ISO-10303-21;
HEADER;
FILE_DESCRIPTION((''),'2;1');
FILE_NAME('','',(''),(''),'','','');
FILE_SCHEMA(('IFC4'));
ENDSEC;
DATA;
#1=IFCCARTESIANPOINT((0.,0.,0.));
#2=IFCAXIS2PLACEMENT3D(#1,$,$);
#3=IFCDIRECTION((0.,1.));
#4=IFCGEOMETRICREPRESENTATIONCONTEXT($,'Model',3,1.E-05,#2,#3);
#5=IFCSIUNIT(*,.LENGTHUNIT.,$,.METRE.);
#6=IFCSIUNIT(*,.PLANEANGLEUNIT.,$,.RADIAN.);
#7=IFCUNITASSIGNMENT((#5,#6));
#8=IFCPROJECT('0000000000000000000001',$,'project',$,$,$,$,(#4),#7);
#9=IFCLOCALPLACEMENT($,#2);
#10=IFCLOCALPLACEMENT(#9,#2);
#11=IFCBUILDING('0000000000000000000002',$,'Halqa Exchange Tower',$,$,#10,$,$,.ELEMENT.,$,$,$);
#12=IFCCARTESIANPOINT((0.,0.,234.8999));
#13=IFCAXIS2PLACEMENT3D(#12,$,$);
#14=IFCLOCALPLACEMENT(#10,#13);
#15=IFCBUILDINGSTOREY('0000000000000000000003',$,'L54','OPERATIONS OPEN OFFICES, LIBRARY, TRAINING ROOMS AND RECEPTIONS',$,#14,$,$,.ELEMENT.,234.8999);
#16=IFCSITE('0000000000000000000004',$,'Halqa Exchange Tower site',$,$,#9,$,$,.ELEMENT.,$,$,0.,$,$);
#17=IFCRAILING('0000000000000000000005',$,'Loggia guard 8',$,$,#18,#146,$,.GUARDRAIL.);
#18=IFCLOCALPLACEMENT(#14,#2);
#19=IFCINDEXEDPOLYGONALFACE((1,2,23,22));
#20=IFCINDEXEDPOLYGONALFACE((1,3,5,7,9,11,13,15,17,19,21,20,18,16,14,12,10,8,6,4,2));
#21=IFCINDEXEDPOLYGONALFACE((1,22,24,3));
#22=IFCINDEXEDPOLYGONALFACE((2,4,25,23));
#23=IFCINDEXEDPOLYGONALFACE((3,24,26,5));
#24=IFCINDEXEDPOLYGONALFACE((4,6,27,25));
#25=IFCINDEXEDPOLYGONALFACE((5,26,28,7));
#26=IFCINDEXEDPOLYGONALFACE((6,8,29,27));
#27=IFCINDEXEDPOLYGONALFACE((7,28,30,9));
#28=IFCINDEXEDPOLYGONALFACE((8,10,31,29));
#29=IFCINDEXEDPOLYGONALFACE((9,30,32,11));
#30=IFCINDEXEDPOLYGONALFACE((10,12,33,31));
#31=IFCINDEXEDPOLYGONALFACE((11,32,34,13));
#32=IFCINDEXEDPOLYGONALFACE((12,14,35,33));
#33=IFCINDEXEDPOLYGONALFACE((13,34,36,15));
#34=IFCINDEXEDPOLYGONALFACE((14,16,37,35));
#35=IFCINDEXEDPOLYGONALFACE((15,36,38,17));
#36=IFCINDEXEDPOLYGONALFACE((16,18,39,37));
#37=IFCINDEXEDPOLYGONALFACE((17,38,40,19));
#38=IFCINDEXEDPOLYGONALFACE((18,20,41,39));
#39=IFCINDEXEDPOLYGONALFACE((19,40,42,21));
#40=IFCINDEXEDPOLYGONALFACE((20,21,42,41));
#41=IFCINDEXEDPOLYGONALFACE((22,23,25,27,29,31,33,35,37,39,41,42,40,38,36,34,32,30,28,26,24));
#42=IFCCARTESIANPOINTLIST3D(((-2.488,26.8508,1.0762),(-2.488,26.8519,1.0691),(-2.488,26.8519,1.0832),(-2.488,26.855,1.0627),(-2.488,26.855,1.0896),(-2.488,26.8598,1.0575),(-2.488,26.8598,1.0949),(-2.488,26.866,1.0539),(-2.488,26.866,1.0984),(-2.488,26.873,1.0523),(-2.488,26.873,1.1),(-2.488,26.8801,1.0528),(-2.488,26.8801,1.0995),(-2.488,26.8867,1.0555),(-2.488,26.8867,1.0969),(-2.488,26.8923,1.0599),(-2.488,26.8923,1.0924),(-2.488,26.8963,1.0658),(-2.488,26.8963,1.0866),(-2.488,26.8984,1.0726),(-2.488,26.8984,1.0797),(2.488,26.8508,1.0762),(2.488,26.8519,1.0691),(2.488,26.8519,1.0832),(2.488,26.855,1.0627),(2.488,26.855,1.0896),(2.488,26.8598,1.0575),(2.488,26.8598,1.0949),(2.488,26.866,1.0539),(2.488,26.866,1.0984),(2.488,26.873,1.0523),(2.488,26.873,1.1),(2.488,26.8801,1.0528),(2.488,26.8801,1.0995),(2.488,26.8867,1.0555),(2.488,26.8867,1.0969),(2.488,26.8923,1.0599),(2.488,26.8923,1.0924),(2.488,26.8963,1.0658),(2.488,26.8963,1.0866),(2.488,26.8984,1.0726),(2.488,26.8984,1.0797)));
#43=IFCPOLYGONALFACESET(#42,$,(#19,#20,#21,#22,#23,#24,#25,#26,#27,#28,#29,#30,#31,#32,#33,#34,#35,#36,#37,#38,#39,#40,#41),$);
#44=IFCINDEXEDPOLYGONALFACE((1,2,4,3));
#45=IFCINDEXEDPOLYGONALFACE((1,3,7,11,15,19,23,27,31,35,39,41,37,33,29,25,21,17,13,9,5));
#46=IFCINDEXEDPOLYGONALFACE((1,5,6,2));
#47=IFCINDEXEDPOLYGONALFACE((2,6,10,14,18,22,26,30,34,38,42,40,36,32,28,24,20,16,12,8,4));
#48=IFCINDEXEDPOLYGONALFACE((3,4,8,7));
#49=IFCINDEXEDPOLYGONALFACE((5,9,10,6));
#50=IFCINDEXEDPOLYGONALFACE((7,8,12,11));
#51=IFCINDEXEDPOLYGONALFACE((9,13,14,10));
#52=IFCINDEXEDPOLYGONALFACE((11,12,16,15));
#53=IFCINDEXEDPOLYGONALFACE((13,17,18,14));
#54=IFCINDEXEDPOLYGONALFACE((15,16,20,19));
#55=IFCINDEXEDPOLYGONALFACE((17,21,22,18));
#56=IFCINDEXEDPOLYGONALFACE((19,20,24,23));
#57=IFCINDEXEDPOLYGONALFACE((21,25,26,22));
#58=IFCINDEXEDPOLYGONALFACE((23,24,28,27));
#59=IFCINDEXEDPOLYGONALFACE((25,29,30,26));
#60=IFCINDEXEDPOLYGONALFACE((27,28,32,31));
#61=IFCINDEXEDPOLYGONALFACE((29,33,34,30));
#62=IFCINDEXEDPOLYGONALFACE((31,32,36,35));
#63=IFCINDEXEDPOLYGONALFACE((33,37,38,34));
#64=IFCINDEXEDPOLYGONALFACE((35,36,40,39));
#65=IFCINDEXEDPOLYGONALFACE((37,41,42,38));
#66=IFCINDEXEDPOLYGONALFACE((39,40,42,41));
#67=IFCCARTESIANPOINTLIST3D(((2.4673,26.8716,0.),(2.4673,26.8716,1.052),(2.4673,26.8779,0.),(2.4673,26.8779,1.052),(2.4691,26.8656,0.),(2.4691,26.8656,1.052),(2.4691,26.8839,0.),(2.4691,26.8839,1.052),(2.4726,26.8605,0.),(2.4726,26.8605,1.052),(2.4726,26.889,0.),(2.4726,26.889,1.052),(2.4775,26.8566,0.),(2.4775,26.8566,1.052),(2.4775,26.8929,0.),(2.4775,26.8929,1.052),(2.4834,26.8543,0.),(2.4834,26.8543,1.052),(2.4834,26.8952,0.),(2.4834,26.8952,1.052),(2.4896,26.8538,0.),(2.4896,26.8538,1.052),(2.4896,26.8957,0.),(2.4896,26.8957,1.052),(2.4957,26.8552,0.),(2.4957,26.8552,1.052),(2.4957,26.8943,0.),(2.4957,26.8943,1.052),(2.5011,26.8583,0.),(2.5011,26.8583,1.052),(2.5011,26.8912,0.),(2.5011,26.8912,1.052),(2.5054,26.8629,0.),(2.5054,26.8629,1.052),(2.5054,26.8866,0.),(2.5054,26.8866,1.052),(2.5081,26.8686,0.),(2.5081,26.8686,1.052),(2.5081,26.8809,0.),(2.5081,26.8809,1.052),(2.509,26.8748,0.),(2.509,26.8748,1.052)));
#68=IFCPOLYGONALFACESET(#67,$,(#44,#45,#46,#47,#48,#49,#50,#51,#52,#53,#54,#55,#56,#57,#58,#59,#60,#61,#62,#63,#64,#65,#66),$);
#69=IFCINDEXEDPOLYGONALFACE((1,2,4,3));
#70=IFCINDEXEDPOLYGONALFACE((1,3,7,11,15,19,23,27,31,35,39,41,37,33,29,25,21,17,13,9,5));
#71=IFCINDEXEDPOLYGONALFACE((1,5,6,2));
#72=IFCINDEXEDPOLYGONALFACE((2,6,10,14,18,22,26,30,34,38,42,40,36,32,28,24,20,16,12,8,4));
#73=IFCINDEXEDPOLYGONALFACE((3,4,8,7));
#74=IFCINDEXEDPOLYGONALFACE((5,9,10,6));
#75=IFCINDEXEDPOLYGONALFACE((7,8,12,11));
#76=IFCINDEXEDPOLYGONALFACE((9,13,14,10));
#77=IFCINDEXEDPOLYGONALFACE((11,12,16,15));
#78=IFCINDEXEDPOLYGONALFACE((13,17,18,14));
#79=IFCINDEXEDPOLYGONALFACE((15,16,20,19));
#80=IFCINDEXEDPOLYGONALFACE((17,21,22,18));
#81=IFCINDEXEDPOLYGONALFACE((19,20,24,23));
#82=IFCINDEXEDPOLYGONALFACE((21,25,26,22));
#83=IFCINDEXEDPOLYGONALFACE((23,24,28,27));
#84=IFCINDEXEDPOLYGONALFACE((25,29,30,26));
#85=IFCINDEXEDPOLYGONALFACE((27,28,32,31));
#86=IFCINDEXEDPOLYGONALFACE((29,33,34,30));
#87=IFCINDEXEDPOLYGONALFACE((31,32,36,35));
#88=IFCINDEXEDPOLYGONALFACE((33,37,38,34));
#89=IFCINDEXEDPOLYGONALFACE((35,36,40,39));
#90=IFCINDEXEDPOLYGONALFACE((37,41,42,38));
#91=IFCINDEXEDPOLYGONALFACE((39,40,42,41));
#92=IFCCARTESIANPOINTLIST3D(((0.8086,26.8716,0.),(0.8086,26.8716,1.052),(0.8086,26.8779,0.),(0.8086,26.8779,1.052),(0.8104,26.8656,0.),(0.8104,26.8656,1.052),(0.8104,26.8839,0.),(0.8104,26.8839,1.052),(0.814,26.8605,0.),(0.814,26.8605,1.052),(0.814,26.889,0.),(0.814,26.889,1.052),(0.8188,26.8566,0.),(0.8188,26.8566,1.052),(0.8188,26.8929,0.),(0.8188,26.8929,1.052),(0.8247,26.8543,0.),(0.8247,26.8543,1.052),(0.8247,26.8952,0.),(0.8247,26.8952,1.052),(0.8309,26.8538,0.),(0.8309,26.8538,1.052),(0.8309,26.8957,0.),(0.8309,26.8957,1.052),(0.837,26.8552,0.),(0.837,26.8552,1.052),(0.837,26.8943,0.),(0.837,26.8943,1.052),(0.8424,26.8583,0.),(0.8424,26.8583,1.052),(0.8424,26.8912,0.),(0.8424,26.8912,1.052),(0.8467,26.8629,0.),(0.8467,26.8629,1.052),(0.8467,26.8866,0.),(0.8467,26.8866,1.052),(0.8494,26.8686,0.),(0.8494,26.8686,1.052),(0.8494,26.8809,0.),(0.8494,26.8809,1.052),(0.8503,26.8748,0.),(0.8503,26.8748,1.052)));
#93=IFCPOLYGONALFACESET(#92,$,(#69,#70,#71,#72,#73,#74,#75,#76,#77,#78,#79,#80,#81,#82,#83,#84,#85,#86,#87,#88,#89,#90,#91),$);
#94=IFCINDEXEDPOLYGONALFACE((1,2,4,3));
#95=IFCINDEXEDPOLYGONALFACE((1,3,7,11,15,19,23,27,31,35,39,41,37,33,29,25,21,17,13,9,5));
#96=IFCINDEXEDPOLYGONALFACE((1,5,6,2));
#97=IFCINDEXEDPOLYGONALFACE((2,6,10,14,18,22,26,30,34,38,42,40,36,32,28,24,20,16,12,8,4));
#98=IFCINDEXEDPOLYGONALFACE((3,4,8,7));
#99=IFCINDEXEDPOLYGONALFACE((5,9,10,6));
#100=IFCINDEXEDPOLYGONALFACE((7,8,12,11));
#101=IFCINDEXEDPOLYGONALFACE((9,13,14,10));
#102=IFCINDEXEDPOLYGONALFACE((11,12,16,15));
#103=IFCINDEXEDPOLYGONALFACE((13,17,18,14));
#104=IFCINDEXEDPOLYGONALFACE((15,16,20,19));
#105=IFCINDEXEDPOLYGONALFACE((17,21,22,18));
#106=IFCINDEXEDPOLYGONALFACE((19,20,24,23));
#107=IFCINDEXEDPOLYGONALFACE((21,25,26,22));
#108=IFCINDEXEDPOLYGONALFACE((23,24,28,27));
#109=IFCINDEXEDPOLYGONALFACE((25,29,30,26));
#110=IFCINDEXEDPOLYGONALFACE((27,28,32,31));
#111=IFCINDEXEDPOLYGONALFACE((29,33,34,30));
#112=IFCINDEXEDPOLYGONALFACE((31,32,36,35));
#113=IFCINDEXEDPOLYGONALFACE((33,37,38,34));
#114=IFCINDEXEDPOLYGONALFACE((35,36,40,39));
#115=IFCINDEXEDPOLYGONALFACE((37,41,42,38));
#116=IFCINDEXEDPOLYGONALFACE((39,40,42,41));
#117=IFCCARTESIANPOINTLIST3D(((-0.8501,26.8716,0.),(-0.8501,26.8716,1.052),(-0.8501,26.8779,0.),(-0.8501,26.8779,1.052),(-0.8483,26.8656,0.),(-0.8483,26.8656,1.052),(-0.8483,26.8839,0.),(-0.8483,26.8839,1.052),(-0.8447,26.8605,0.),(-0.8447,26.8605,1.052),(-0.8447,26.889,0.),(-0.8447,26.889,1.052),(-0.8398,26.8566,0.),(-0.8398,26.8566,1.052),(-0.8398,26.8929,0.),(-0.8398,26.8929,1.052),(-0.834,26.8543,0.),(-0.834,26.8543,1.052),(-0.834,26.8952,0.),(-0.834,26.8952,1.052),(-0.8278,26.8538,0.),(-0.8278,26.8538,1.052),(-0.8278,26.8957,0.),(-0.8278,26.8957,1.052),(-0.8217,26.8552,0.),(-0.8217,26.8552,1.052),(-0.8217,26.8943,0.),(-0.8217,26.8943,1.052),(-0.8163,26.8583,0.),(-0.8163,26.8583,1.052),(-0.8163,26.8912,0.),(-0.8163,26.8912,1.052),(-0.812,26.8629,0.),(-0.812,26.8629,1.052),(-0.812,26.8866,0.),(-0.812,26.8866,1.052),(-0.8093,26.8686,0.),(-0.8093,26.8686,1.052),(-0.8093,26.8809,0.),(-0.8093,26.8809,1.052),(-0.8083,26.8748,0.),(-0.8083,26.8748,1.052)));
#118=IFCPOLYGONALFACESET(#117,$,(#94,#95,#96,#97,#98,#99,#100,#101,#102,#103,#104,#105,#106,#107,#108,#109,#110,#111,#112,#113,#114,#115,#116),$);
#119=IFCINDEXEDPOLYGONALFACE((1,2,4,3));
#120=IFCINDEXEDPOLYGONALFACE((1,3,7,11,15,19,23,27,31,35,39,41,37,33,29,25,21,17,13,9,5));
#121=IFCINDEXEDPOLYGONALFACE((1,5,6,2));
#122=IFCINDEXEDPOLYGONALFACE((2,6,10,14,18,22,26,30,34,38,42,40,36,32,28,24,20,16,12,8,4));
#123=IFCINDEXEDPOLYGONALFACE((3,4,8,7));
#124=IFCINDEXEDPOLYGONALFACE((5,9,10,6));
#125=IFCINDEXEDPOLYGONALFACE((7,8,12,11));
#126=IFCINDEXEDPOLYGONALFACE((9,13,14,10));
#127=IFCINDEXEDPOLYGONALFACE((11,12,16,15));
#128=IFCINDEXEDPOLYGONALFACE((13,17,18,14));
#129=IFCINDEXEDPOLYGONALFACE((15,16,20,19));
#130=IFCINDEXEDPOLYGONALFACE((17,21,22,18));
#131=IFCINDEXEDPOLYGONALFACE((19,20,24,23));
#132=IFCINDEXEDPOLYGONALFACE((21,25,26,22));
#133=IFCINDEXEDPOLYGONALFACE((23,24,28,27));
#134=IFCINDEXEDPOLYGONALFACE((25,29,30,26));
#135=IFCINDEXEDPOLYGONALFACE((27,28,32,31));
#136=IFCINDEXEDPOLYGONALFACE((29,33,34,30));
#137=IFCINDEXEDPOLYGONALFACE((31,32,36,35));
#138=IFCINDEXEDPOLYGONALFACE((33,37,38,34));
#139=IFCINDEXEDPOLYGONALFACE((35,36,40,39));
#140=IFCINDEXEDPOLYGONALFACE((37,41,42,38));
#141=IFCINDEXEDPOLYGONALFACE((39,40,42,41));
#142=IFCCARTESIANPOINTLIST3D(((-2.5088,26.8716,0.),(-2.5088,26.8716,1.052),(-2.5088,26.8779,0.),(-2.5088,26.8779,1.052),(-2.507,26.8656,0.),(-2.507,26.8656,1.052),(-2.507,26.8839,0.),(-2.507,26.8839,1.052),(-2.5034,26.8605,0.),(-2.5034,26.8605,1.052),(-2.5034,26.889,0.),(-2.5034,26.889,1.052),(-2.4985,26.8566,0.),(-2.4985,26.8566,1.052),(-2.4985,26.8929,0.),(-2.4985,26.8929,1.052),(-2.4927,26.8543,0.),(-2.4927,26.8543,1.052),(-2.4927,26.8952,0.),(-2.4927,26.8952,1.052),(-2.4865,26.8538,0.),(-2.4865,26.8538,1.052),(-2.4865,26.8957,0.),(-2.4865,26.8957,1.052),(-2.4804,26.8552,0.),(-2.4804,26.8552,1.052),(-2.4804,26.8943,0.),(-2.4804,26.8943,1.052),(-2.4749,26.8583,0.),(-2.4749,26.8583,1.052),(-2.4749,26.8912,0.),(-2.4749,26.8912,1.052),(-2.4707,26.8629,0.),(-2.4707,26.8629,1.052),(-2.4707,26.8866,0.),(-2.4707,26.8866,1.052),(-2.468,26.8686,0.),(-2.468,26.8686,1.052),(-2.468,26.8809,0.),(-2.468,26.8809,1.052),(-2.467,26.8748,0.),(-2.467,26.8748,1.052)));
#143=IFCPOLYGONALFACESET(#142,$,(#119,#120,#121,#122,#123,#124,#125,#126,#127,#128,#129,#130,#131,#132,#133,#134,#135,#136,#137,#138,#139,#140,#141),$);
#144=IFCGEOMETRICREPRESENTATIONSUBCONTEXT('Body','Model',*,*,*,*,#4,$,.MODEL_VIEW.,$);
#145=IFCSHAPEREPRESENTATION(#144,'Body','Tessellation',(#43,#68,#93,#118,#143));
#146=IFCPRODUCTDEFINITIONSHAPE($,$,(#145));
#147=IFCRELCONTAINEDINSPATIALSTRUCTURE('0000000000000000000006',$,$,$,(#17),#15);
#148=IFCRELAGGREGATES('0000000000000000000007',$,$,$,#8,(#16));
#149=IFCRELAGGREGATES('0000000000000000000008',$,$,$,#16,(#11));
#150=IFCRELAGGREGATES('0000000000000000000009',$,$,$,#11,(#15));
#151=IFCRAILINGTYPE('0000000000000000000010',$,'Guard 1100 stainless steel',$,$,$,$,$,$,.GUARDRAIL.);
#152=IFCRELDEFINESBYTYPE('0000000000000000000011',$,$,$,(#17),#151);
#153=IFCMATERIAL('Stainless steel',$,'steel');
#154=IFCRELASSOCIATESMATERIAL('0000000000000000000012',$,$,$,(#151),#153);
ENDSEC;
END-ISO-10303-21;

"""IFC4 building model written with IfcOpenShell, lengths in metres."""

from ifc_helpers import new_model, si_unit, direction, frame, origin, origin_2d, place, context, subcontext, project, spatial, circle, extrude, material, type_object, element, save


model = new_model("IFC4")

# Units and contexts
model_context = context("Model", 3, precision=1e-05, world=origin(), true_north=direction((0.0, 1.0)))
body_context = subcontext(model_context, "Body", "Model", "MODEL_VIEW")
ifc_project = project(units=[si_unit("LENGTHUNIT", "METRE"), si_unit("PLANEANGLEUNIT", "RADIAN")], contexts=[model_context])

# Site, building, storey
site_placement = place(None, origin())
site = spatial("IfcSite", under=ifc_project, at=site_placement, Name="Halqa Exchange Tower site", CompositionType="ELEMENT", RefElevation=0.0)
building_placement = place(site_placement, origin())
building = spatial("IfcBuilding", under=site, at=building_placement, Name="Halqa Exchange Tower", CompositionType="ELEMENT")
storey_placement = place(building_placement, frame((0.0, 0.0, 234.8999)))
storey = spatial("IfcBuildingStorey", under=building, at=storey_placement, Name="L54", Description="OPERATIONS OPEN OFFICES, LIBRARY, TRAINING ROOMS AND RECEPTIONS", CompositionType="ELEMENT", Elevation=234.8999)

# Railing
ifc_material_1 = material(Name="Stainless steel", Category="steel")
railing_type_1 = type_object("IfcRailingType", Name="Guard 1100 stainless steel", PredefinedType="GUARDRAIL", material=ifc_material_1)
railing_1_placement = place(storey_placement, frame((2.488, 26.8748, 0.0)))
element("IfcRailing", 1, at=railing_1_placement, inside=storey, type_object=railing_type_1, Name="Loggia guard 8", PredefinedType="GUARDRAIL", context=body_context, shape_type="SweptSolid", body=[
    extrude(circle(Radius=0.0239, at=origin_2d()), frame((0.0, 0.0, 1.0762), z_axis=(-1.0, 0.0, 0.0), x_axis=(0.0, -1.0, 0.0)), (0.0, 0.0, 1.0), 4.9761),
    extrude(circle(Radius=0.021, at=origin_2d()), origin(), (0.0, 0.0, 1.0), 1.052),
    extrude(circle(Radius=0.021, at=origin_2d()), frame((-1.6587, 0.0, 0.0)), (0.0, 0.0, 1.0), 1.052),
    extrude(circle(Radius=0.021, at=origin_2d()), frame((-3.3174, 0.0, 0.0)), (0.0, 0.0, 1.0), 1.052),
    extrude(circle(Radius=0.021, at=origin_2d()), frame((-4.9761, 0.0, 0.0)), (0.0, 0.0, 1.0), 1.052),
])

save(model, "model.ifc")
